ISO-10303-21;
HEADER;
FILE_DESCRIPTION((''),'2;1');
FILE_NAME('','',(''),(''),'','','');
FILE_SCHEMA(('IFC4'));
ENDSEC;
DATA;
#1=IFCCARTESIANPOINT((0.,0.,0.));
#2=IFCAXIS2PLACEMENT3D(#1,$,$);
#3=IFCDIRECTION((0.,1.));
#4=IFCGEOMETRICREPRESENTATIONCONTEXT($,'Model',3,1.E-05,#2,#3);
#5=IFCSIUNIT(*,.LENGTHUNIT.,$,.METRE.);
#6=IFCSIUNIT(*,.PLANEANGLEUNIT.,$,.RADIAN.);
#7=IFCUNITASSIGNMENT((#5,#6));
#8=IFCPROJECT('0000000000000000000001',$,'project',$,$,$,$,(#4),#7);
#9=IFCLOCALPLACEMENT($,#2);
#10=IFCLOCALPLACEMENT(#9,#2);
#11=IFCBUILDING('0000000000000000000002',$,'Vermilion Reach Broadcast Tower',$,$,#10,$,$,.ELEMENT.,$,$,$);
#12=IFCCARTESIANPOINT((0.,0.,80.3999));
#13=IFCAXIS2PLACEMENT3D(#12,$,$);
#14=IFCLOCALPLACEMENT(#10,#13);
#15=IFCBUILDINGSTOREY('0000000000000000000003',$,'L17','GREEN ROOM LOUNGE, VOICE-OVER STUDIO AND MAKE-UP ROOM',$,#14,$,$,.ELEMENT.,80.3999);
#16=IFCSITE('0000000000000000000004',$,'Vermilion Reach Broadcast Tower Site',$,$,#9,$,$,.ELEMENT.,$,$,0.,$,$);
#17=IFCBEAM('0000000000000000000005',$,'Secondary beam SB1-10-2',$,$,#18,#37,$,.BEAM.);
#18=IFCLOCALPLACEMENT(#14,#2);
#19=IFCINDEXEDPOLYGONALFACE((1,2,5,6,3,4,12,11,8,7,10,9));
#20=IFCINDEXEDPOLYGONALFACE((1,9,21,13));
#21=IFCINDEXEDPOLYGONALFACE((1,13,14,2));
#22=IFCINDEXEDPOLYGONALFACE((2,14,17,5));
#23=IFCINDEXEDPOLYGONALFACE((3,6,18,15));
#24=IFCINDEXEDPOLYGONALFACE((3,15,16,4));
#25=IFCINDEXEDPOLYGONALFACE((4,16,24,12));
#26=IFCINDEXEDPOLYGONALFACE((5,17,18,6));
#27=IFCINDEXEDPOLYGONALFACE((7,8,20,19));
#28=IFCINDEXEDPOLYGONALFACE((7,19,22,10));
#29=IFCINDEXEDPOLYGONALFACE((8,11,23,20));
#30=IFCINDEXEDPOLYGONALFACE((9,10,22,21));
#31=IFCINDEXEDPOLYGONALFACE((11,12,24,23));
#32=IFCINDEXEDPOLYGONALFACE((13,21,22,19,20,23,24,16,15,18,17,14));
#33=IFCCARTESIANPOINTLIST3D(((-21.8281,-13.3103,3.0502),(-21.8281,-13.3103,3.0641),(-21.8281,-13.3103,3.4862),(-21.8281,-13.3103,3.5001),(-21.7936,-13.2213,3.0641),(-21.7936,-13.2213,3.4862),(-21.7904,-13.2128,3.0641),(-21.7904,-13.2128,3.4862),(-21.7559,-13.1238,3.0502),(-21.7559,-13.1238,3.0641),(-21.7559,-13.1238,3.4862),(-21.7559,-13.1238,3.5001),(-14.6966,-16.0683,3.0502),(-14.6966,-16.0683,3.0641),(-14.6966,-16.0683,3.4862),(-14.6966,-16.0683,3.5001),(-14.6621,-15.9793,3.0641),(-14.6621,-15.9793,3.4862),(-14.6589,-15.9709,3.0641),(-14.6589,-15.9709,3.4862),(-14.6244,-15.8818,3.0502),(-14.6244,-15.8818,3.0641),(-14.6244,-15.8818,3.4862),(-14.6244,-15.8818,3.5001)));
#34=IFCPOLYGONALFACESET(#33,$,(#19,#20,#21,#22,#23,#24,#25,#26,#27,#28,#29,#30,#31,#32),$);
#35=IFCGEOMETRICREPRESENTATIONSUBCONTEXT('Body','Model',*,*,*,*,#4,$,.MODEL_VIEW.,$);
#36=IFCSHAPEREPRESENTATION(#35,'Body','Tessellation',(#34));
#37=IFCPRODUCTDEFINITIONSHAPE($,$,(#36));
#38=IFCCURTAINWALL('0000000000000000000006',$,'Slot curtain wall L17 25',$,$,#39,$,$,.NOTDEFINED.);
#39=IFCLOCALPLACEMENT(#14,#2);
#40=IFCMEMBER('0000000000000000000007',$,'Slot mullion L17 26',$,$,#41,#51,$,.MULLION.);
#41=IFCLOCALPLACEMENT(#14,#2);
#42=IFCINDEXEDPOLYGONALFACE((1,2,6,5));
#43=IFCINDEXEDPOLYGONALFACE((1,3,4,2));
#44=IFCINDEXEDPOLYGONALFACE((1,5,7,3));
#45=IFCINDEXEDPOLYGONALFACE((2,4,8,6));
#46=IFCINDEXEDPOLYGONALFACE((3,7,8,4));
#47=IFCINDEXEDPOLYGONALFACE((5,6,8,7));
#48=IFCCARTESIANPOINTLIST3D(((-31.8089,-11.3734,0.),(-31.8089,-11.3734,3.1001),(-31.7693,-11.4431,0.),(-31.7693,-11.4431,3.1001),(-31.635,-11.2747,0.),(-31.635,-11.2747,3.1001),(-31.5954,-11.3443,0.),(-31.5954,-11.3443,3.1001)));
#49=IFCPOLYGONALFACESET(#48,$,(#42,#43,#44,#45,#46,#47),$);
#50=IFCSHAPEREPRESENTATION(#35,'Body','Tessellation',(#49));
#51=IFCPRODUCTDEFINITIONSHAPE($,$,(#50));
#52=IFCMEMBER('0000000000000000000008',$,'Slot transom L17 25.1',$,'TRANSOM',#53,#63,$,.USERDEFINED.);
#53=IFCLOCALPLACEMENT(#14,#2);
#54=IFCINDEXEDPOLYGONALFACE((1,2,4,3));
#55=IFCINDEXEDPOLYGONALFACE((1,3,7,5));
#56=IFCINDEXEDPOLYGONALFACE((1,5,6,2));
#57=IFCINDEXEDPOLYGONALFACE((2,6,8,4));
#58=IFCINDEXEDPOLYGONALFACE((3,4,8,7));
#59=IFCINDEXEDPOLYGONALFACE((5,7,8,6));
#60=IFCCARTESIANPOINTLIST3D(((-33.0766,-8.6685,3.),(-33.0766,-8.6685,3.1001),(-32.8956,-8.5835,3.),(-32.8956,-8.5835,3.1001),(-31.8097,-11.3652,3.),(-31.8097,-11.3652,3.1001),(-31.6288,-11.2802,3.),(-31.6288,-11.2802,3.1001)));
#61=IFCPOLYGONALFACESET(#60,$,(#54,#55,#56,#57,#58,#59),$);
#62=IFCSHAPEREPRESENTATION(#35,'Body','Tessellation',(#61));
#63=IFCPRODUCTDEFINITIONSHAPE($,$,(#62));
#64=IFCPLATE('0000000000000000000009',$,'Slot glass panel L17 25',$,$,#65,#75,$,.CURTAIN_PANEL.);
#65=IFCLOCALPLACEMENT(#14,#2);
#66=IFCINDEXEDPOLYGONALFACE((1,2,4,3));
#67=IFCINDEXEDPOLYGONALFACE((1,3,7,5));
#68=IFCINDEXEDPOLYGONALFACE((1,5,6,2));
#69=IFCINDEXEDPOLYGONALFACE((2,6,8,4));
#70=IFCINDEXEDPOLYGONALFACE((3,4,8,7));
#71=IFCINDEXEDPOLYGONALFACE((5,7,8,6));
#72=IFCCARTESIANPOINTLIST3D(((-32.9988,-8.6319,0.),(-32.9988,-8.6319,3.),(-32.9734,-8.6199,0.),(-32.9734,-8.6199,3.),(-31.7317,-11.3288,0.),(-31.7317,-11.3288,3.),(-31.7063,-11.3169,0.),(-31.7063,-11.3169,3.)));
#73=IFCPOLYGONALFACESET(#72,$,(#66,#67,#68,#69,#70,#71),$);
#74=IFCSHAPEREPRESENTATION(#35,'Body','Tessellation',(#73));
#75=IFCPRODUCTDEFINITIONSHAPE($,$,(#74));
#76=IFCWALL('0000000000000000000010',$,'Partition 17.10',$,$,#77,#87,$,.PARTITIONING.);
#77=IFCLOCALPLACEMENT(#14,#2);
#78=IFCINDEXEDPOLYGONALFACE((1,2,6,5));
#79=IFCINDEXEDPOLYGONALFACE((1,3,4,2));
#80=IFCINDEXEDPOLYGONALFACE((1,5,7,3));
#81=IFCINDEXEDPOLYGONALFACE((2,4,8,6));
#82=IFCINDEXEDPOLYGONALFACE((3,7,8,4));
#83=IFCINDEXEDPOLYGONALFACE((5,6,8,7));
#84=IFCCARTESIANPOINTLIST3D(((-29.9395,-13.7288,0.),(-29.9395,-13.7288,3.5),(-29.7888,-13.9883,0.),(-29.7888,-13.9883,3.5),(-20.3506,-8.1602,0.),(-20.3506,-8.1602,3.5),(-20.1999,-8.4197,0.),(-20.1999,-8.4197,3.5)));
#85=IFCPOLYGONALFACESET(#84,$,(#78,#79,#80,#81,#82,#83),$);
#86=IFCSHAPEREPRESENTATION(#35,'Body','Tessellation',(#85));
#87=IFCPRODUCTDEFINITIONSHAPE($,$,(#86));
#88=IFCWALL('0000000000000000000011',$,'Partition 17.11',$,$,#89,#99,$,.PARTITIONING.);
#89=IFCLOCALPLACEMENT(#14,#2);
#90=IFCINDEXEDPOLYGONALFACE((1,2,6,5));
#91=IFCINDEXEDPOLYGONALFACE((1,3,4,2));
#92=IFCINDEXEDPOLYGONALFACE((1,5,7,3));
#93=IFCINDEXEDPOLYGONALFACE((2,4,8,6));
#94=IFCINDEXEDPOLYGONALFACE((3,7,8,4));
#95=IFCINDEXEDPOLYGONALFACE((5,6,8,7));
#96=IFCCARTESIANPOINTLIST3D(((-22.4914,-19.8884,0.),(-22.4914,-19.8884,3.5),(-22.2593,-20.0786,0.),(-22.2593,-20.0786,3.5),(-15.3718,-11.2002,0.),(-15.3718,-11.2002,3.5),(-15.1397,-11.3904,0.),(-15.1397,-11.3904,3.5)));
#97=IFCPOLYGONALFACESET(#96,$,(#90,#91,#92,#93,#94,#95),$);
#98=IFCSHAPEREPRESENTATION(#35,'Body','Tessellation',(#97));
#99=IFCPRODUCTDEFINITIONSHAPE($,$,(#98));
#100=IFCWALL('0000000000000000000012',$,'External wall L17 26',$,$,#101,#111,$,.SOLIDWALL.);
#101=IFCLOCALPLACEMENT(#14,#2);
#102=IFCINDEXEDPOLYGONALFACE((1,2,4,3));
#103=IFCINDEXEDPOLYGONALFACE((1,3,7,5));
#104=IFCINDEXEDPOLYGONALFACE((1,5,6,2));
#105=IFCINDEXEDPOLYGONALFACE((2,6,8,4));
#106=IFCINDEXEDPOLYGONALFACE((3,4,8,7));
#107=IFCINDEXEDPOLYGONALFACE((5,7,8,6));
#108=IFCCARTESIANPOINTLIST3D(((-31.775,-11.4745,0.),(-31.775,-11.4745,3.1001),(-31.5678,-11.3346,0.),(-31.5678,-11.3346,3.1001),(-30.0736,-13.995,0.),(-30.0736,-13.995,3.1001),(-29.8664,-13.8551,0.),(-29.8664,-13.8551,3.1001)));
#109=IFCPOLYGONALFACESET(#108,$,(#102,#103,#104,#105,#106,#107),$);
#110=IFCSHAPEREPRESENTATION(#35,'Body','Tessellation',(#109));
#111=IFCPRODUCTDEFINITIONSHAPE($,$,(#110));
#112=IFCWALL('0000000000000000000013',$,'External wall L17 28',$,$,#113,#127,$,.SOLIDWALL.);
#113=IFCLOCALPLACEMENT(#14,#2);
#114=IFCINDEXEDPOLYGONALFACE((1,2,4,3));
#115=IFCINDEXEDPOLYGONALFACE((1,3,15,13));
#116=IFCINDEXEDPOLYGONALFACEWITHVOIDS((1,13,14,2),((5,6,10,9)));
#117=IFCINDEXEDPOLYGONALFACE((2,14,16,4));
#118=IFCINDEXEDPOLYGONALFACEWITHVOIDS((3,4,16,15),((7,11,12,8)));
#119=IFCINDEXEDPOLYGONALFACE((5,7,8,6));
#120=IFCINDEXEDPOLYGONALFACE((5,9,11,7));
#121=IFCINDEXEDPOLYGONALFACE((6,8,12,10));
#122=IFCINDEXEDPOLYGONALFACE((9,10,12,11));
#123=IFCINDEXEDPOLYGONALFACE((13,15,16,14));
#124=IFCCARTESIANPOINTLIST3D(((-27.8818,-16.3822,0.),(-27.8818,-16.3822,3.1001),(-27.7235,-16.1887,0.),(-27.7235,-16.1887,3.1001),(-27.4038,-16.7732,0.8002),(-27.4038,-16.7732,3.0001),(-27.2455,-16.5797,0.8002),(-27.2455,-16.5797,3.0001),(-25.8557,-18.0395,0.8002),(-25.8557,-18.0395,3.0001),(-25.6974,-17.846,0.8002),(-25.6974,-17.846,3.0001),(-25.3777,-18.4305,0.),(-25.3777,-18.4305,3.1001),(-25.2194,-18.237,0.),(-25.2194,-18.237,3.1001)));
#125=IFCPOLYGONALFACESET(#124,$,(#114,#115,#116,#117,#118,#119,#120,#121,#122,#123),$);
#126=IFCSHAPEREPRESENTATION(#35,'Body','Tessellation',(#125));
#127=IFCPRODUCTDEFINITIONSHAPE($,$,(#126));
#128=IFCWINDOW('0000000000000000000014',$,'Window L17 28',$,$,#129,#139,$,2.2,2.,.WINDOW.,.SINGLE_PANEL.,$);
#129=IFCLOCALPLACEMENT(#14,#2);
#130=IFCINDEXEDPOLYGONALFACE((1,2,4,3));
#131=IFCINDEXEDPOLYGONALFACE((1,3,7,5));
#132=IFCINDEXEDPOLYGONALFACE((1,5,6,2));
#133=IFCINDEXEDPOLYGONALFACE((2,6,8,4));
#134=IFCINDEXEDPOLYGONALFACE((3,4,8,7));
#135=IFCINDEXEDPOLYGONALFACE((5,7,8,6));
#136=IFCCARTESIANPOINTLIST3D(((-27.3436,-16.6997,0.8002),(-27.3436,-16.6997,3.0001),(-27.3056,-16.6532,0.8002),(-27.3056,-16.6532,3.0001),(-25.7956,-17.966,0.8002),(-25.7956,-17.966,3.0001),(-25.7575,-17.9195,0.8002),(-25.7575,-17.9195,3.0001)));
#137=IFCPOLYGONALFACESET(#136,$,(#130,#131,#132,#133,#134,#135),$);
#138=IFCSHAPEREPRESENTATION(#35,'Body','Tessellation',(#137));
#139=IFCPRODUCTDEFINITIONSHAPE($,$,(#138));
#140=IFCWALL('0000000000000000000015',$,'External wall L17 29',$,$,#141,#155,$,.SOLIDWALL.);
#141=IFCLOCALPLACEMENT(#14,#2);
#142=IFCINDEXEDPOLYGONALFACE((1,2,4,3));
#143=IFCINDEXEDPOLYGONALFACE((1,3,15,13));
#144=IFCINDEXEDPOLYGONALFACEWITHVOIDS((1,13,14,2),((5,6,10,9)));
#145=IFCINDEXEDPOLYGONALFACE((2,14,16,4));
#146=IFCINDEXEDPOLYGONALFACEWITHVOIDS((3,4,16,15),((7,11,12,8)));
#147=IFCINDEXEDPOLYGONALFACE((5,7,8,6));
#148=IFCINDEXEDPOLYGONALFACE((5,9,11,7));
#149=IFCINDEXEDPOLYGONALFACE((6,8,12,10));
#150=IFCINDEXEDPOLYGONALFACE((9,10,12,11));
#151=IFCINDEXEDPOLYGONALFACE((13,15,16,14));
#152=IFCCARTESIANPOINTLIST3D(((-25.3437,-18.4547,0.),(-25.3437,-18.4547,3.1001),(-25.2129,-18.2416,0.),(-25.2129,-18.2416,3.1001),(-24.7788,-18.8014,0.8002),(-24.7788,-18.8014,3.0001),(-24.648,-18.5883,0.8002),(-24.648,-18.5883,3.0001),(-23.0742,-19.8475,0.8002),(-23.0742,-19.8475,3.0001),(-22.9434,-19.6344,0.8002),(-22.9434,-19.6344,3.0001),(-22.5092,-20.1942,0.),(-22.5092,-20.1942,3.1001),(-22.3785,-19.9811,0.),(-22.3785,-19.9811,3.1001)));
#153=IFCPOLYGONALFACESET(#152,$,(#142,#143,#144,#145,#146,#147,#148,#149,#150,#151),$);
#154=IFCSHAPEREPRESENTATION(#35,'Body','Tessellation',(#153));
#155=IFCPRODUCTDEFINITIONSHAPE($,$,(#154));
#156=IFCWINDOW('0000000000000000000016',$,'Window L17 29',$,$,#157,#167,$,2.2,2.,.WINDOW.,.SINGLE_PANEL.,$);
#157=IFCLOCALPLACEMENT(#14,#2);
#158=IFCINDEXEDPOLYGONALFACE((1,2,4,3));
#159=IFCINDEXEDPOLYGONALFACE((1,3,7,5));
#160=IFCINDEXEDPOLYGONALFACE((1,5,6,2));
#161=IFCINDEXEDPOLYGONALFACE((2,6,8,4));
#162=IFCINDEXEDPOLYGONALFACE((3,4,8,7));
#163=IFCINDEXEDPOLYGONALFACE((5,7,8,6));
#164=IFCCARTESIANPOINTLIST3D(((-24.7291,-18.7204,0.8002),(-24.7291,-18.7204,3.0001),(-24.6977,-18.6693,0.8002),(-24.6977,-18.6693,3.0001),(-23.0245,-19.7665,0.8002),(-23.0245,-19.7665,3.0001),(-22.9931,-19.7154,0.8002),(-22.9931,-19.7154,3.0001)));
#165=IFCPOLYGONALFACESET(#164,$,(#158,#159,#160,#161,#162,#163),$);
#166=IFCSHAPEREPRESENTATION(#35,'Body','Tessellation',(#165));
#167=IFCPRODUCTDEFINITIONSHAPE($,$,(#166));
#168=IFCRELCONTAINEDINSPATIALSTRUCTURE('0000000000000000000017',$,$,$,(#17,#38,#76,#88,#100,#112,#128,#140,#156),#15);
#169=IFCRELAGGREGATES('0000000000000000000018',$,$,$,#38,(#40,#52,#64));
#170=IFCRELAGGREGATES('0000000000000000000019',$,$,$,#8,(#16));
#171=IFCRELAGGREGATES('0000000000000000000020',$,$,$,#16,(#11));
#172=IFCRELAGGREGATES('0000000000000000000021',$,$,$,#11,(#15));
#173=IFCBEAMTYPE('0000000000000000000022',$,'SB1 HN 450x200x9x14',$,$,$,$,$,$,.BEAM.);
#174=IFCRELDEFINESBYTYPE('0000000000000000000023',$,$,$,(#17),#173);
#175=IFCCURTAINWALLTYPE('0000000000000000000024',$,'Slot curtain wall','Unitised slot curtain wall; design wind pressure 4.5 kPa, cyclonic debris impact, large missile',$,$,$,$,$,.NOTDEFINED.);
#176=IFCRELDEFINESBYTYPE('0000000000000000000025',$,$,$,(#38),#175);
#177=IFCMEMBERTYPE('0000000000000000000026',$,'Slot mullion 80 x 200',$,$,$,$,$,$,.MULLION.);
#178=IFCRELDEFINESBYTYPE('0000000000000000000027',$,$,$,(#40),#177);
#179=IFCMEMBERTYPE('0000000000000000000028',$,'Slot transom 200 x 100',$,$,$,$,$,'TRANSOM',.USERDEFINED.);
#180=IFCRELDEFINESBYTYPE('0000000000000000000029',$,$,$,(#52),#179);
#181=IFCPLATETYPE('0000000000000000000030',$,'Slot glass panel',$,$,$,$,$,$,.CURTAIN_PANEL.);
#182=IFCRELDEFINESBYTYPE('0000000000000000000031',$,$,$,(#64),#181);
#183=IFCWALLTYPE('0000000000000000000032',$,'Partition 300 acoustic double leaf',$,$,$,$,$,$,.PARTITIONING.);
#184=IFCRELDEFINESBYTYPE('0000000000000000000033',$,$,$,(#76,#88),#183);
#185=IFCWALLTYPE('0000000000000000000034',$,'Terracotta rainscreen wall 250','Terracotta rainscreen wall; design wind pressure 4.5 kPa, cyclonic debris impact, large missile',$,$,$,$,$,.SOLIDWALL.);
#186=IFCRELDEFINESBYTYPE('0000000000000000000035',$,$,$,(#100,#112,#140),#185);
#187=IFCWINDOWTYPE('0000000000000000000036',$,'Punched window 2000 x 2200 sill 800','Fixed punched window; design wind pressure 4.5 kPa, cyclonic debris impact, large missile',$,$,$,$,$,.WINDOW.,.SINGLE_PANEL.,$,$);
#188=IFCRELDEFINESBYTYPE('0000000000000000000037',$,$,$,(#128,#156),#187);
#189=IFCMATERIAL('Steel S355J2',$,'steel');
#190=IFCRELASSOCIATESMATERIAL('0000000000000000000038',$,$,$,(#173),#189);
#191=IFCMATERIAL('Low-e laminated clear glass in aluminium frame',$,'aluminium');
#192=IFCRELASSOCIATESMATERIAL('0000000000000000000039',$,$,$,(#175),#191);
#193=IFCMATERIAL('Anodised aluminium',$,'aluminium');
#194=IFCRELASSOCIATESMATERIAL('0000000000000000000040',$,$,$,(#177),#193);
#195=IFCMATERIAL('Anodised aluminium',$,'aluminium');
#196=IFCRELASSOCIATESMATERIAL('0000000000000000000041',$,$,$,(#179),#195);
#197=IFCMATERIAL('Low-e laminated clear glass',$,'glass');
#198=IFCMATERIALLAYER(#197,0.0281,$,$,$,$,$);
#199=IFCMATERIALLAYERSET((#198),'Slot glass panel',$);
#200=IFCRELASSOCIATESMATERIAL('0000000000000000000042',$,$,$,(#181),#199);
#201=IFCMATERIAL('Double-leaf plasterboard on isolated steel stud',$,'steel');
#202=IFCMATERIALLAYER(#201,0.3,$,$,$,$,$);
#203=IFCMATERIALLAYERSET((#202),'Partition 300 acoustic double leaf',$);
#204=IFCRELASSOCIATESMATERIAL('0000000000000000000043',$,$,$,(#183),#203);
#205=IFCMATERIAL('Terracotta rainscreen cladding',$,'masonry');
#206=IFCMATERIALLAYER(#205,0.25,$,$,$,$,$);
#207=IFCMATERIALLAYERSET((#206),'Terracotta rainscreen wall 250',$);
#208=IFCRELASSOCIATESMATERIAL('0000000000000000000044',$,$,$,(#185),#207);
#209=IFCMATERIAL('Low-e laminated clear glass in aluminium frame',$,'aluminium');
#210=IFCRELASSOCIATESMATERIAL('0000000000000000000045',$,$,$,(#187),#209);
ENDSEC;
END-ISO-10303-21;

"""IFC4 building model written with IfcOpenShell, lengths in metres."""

from ifc_helpers import new_model, si_unit, direction, frame, frame_2d, origin, origin_2d, place, context, subcontext, project, spatial, rectangle, i_section, extrude, material, layer, layer_set, material_profile, profile_set, type_object, element, fill, aggregate, save


model = new_model("IFC4")

# Units and contexts
model_context = context("Model", 3, precision=1e-05, world=origin(), true_north=direction((0.0, 1.0)))
body_context = subcontext(model_context, "Body", "Model", "MODEL_VIEW")
ifc_project = project(units=[si_unit("LENGTHUNIT", "METRE"), si_unit("PLANEANGLEUNIT", "RADIAN")], contexts=[model_context])

# Site, building, storey
site_placement = place(None, origin())
site = spatial("IfcSite", under=ifc_project, at=site_placement, Name="Vermilion Reach Broadcast Tower Site", CompositionType="ELEMENT", RefElevation=0.0)
building_placement = place(site_placement, origin())
building = spatial("IfcBuilding", under=site, at=building_placement, Name="Vermilion Reach Broadcast Tower", CompositionType="ELEMENT")
storey_placement = place(building_placement, frame((0.0, 0.0, 80.3999)))
storey = spatial("IfcBuildingStorey", under=building, at=storey_placement, Name="L17", Description="GREEN ROOM LOUNGE, VOICE-OVER STUDIO AND MAKE-UP ROOM", CompositionType="ELEMENT", Elevation=80.3999)

# Beam
ifc_material_1 = material(Name="Steel S355J2", Category="steel")
ifc_material_profile_1 = material_profile(ifc_material_1, i_section(OverallWidth=0.2, OverallDepth=0.45, WebThickness=0.009, FlangeThickness=0.0139, at=origin_2d()), Name="S355J2 HN 450x200x9x14")
ifc_profile_set_1 = profile_set([ifc_material_profile_1], Name="Steel S355J2")
beam_type_1 = type_object("IfcBeamType", Name="SB1 HN 450x200x9x14", PredefinedType="BEAM", material=ifc_profile_set_1)
beam_1_placement = place(storey_placement, frame((-21.792, -13.217, 3.2751), z_axis=(0.932681, -0.360703, 0.0), x_axis=(0.360703, 0.932681, 0.0)))
element("IfcBeam", 1, at=beam_1_placement, inside=storey, type_object=beam_type_1, Name="Secondary beam SB1-10-2", PredefinedType="BEAM", context=body_context, shape_type="SweptSolid", body=[
    extrude(i_section(OverallWidth=0.2, OverallDepth=0.45, WebThickness=0.009, FlangeThickness=0.0139, at=origin_2d()), origin(), (0.0, 0.0, 1.0), 7.6462),
])

# Curtain wall, members, plate
ifc_material_2 = material(Name="Low-e laminated clear glass in aluminium frame", Category="aluminium")
curtain_wall_type = type_object("IfcCurtainWallType", Name="Slot curtain wall", Description="Unitised slot curtain wall; design wind pressure 4.5 kPa, cyclonic debris impact, large missile", PredefinedType="NOTDEFINED", material=ifc_material_2)
curtain_wall_placement = place(storey_placement, origin())
curtain_wall = element("IfcCurtainWall", 2, at=curtain_wall_placement, inside=storey, type_object=curtain_wall_type, Name="Slot curtain wall L17 25", PredefinedType="NOTDEFINED")
ifc_material_3 = material(Name="Anodised aluminium", Category="aluminium")
ifc_material_profile_2 = material_profile(ifc_material_3, rectangle(XDim=0.2, YDim=0.0801, at=origin_2d()), Name="Slot mullion 80 x 200")
ifc_profile_set_2 = profile_set([ifc_material_profile_2], Name="Anodised aluminium")
member_type_1 = type_object("IfcMemberType", Name="Slot mullion 80 x 200", PredefinedType="MULLION", material=ifc_profile_set_2)
member_1_placement = place(storey_placement, frame((-31.7021, -11.3589, 0.0), z_axis=(0.0, 0.0, 1.0), x_axis=(0.869552, 0.493842, 0.0)))
member_1 = element("IfcMember", 3, at=member_1_placement, type_object=member_type_1, Name="Slot mullion L17 26", PredefinedType="MULLION", context=body_context, shape_type="SweptSolid", body=[
    extrude(rectangle(XDim=0.2, YDim=0.0801, at=origin_2d()), origin(), (0.0, 0.0, 1.0), 3.1001),
])
ifc_material_4 = material(Name="Anodised aluminium", Category="aluminium")
ifc_material_profile_3 = material_profile(ifc_material_4, rectangle(XDim=0.2, YDim=0.1001, at=origin_2d()), Name="Slot transom 200 x 100")
ifc_profile_set_3 = profile_set([ifc_material_profile_3], Name="Anodised aluminium")
member_type_2 = type_object("IfcMemberType", Name="Slot transom 200 x 100", ElementType="TRANSOM", PredefinedType="USERDEFINED", material=ifc_profile_set_3)
member_2_placement = place(storey_placement, frame((-32.9861, -8.626, 3.05), z_axis=(0.425185, -0.905106, 0.0), x_axis=(0.905106, 0.425185, 0.0)))
member_2 = element("IfcMember", 4, at=member_2_placement, type_object=member_type_2, Name="Slot transom L17 25.1", ObjectType="TRANSOM", PredefinedType="USERDEFINED", context=body_context, shape_type="SweptSolid", body=[
    extrude(rectangle(XDim=0.2, YDim=0.1001, at=origin_2d()), origin(), (0.0, 0.0, 1.0), 2.9795),
])
ifc_material_5 = material(Name="Low-e laminated clear glass", Category="glass")
ifc_layer_1 = layer(ifc_material_5, 0.0281)
ifc_layer_set_1 = layer_set([ifc_layer_1], Name="Slot glass panel")
plate_type = type_object("IfcPlateType", Name="Slot glass panel", PredefinedType="CURTAIN_PANEL", material=ifc_layer_set_1)
plate_placement = place(storey_placement, frame((-32.3525, -9.9744, 0.0), z_axis=(0.0, 0.0, 1.0), x_axis=(0.425219, -0.90509, 0.0)))
plate = element("IfcPlate", 5, at=plate_placement, type_object=plate_type, Name="Slot glass panel L17 25", PredefinedType="CURTAIN_PANEL", context=body_context, shape_type="SweptSolid", body=[
    extrude(rectangle(XDim=2.9797, YDim=0.0281, at=origin_2d()), origin(), (0.0, 0.0, 1.0), 3.0),
])
aggregate(curtain_wall, [member_1, member_2, plate])

# Walls
ifc_material_6 = material(Name="Double-leaf plasterboard on isolated steel stud", Category="steel")
ifc_layer_2 = layer(ifc_material_6, 0.3)
ifc_layer_set_2 = layer_set([ifc_layer_2], Name="Partition 300 acoustic double leaf")
wall_type_1 = type_object("IfcWallType", Name="Partition 300 acoustic double leaf", PredefinedType="PARTITIONING", material=ifc_layer_set_2)
wall_1_placement = place(storey_placement, frame((-29.8643, -13.8586, 0.0), z_axis=(0.0, 0.0, 1.0), x_axis=(0.864755, 0.502194, 0.0)))
element("IfcWall", 6, at=wall_1_placement, inside=storey, type_object=wall_type_1, Name="Partition 17.10", PredefinedType="PARTITIONING", context=body_context, shape_type="SweptSolid", body=[
    extrude(rectangle(XDim=11.0886, YDim=0.3, at=frame_2d((5.5444, 0.0))), origin(), (0.0, 0.0, 1.0), 3.5),
])
wall_2_placement = place(storey_placement, frame((-22.3752, -19.9834, 0.0), z_axis=(0.0, 0.0, 1.0), x_axis=(0.633828, 0.773474, 0.0)))
element("IfcWall", 7, at=wall_2_placement, inside=storey, type_object=wall_type_1, Name="Partition 17.11", PredefinedType="PARTITIONING", context=body_context, shape_type="SweptSolid", body=[
    extrude(rectangle(XDim=11.2327, YDim=0.3, at=frame_2d((5.6162, 0.0))), origin(), (0.0, 0.0, 1.0), 3.5),
])
ifc_material_7 = material(Name="Terracotta rainscreen cladding", Category="masonry")
ifc_layer_3 = layer(ifc_material_7, 0.25)
ifc_layer_set_3 = layer_set([ifc_layer_3], Name="Terracotta rainscreen wall 250")
wall_type_2 = type_object("IfcWallType", Name="Terracotta rainscreen wall 250", Description="Terracotta rainscreen wall; design wind pressure 4.5 kPa, cyclonic debris impact, large missile", PredefinedType="SOLIDWALL", material=ifc_layer_set_3)
wall_3_placement = place(storey_placement, frame((-31.6714, -11.4045, 0.0), z_axis=(0.0, 0.0, 1.0), x_axis=(0.559489, -0.828838, 0.0)))
element("IfcWall", 8, at=wall_3_placement, inside=storey, type_object=wall_type_2, Name="External wall L17 26", PredefinedType="SOLIDWALL", context=body_context, shape_type="SweptSolid", body=[
    extrude(rectangle(XDim=3.041, YDim=0.25, at=frame_2d((1.5205, 0.0))), origin(), (0.0, 0.0, 1.0), 3.1001),
])

# Walls, openings, windows
wall_4_placement = place(storey_placement, frame((-27.8027, -16.2854, 0.0), z_axis=(0.0, 0.0, 1.0), x_axis=(0.774035, -0.633143, 0.0)))
wall_4 = element("IfcWall", 9, at=wall_4_placement, inside=storey, type_object=wall_type_2, Name="External wall L17 28", PredefinedType="SOLIDWALL", context=body_context, shape_type="SweptSolid", body=[
    extrude(rectangle(XDim=3.2351, YDim=0.25, at=frame_2d((1.6177, 0.0))), origin(), (0.0, 0.0, 1.0), 3.1001),
])
opening_1_placement = place(wall_4_placement, frame((0.6177, 0.0, 0.8)))
opening_1 = element("IfcOpeningElement", 10, at=opening_1_placement, cuts=wall_4, PredefinedType="OPENING", context=body_context, shape_type="SweptSolid", body=[
    extrude(rectangle(XDim=2.0, YDim=2.2, at=frame_2d((1.0, 1.1001))), frame((0.0, 0.135, 0.0), z_axis=(0.0, -1.0, 0.0), x_axis=(1.0, 0.0, 0.0)), (0.0, 0.0, 1.0), 0.27),
])
ifc_material_8 = material(Name="Low-e laminated clear glass in aluminium frame", Category="aluminium")
window_type = type_object("IfcWindowType", Name="Punched window 2000 x 2200 sill 800", Description="Fixed punched window; design wind pressure 4.5 kPa, cyclonic debris impact, large missile", PartitioningType="SINGLE_PANEL", PredefinedType="WINDOW", material=ifc_material_8)
window_1_placement = place(opening_1_placement, origin())
window_1 = element("IfcWindow", 11, at=window_1_placement, inside=storey, type_object=window_type, Name="Window L17 28", OverallHeight=2.2, OverallWidth=2.0, PartitioningType="SINGLE_PANEL", PredefinedType="WINDOW", context=body_context, shape_type="SweptSolid", body=[
    extrude(rectangle(XDim=2.0, YDim=2.2, at=frame_2d((1.0, 1.1001))), frame((0.0, 0.03, 0.0), z_axis=(0.0, -1.0, 0.0), x_axis=(1.0, 0.0, 0.0)), (0.0, 0.0, 1.0), 0.0601),
])
fill(opening_1, window_1)
wall_5_placement = place(storey_placement, frame((-25.2783, -18.3481, 0.0), z_axis=(0.0, 0.0, 1.0), x_axis=(0.8523, -0.523053, 0.0)))
wall_5 = element("IfcWall", 12, at=wall_5_placement, inside=storey, type_object=wall_type_2, Name="External wall L17 29", PredefinedType="SOLIDWALL", context=body_context, shape_type="SweptSolid", body=[
    extrude(rectangle(XDim=3.3257, YDim=0.25, at=frame_2d((1.6628, 0.0))), origin(), (0.0, 0.0, 1.0), 3.1001),
])
opening_2_placement = place(wall_5_placement, frame((0.6628, 0.0, 0.8)))
opening_2 = element("IfcOpeningElement", 13, at=opening_2_placement, cuts=wall_5, PredefinedType="OPENING", context=body_context, shape_type="SweptSolid", body=[
    extrude(rectangle(XDim=2.0, YDim=2.2, at=frame_2d((1.0, 1.1001))), frame((0.0, 0.135, 0.0), z_axis=(0.0, -1.0, 0.0), x_axis=(1.0, 0.0, 0.0)), (0.0, 0.0, 1.0), 0.27),
])
window_2_placement = place(opening_2_placement, origin())
window_2 = element("IfcWindow", 14, at=window_2_placement, inside=storey, type_object=window_type, Name="Window L17 29", OverallHeight=2.2, OverallWidth=2.0, PartitioningType="SINGLE_PANEL", PredefinedType="WINDOW", context=body_context, shape_type="SweptSolid", body=[
    extrude(rectangle(XDim=2.0, YDim=2.2, at=frame_2d((1.0, 1.1001))), frame((0.0, 0.03, 0.0), z_axis=(0.0, -1.0, 0.0), x_axis=(1.0, 0.0, 0.0)), (0.0, 0.0, 1.0), 0.0601),
])
fill(opening_2, window_2)

save(model, "model.ifc")
